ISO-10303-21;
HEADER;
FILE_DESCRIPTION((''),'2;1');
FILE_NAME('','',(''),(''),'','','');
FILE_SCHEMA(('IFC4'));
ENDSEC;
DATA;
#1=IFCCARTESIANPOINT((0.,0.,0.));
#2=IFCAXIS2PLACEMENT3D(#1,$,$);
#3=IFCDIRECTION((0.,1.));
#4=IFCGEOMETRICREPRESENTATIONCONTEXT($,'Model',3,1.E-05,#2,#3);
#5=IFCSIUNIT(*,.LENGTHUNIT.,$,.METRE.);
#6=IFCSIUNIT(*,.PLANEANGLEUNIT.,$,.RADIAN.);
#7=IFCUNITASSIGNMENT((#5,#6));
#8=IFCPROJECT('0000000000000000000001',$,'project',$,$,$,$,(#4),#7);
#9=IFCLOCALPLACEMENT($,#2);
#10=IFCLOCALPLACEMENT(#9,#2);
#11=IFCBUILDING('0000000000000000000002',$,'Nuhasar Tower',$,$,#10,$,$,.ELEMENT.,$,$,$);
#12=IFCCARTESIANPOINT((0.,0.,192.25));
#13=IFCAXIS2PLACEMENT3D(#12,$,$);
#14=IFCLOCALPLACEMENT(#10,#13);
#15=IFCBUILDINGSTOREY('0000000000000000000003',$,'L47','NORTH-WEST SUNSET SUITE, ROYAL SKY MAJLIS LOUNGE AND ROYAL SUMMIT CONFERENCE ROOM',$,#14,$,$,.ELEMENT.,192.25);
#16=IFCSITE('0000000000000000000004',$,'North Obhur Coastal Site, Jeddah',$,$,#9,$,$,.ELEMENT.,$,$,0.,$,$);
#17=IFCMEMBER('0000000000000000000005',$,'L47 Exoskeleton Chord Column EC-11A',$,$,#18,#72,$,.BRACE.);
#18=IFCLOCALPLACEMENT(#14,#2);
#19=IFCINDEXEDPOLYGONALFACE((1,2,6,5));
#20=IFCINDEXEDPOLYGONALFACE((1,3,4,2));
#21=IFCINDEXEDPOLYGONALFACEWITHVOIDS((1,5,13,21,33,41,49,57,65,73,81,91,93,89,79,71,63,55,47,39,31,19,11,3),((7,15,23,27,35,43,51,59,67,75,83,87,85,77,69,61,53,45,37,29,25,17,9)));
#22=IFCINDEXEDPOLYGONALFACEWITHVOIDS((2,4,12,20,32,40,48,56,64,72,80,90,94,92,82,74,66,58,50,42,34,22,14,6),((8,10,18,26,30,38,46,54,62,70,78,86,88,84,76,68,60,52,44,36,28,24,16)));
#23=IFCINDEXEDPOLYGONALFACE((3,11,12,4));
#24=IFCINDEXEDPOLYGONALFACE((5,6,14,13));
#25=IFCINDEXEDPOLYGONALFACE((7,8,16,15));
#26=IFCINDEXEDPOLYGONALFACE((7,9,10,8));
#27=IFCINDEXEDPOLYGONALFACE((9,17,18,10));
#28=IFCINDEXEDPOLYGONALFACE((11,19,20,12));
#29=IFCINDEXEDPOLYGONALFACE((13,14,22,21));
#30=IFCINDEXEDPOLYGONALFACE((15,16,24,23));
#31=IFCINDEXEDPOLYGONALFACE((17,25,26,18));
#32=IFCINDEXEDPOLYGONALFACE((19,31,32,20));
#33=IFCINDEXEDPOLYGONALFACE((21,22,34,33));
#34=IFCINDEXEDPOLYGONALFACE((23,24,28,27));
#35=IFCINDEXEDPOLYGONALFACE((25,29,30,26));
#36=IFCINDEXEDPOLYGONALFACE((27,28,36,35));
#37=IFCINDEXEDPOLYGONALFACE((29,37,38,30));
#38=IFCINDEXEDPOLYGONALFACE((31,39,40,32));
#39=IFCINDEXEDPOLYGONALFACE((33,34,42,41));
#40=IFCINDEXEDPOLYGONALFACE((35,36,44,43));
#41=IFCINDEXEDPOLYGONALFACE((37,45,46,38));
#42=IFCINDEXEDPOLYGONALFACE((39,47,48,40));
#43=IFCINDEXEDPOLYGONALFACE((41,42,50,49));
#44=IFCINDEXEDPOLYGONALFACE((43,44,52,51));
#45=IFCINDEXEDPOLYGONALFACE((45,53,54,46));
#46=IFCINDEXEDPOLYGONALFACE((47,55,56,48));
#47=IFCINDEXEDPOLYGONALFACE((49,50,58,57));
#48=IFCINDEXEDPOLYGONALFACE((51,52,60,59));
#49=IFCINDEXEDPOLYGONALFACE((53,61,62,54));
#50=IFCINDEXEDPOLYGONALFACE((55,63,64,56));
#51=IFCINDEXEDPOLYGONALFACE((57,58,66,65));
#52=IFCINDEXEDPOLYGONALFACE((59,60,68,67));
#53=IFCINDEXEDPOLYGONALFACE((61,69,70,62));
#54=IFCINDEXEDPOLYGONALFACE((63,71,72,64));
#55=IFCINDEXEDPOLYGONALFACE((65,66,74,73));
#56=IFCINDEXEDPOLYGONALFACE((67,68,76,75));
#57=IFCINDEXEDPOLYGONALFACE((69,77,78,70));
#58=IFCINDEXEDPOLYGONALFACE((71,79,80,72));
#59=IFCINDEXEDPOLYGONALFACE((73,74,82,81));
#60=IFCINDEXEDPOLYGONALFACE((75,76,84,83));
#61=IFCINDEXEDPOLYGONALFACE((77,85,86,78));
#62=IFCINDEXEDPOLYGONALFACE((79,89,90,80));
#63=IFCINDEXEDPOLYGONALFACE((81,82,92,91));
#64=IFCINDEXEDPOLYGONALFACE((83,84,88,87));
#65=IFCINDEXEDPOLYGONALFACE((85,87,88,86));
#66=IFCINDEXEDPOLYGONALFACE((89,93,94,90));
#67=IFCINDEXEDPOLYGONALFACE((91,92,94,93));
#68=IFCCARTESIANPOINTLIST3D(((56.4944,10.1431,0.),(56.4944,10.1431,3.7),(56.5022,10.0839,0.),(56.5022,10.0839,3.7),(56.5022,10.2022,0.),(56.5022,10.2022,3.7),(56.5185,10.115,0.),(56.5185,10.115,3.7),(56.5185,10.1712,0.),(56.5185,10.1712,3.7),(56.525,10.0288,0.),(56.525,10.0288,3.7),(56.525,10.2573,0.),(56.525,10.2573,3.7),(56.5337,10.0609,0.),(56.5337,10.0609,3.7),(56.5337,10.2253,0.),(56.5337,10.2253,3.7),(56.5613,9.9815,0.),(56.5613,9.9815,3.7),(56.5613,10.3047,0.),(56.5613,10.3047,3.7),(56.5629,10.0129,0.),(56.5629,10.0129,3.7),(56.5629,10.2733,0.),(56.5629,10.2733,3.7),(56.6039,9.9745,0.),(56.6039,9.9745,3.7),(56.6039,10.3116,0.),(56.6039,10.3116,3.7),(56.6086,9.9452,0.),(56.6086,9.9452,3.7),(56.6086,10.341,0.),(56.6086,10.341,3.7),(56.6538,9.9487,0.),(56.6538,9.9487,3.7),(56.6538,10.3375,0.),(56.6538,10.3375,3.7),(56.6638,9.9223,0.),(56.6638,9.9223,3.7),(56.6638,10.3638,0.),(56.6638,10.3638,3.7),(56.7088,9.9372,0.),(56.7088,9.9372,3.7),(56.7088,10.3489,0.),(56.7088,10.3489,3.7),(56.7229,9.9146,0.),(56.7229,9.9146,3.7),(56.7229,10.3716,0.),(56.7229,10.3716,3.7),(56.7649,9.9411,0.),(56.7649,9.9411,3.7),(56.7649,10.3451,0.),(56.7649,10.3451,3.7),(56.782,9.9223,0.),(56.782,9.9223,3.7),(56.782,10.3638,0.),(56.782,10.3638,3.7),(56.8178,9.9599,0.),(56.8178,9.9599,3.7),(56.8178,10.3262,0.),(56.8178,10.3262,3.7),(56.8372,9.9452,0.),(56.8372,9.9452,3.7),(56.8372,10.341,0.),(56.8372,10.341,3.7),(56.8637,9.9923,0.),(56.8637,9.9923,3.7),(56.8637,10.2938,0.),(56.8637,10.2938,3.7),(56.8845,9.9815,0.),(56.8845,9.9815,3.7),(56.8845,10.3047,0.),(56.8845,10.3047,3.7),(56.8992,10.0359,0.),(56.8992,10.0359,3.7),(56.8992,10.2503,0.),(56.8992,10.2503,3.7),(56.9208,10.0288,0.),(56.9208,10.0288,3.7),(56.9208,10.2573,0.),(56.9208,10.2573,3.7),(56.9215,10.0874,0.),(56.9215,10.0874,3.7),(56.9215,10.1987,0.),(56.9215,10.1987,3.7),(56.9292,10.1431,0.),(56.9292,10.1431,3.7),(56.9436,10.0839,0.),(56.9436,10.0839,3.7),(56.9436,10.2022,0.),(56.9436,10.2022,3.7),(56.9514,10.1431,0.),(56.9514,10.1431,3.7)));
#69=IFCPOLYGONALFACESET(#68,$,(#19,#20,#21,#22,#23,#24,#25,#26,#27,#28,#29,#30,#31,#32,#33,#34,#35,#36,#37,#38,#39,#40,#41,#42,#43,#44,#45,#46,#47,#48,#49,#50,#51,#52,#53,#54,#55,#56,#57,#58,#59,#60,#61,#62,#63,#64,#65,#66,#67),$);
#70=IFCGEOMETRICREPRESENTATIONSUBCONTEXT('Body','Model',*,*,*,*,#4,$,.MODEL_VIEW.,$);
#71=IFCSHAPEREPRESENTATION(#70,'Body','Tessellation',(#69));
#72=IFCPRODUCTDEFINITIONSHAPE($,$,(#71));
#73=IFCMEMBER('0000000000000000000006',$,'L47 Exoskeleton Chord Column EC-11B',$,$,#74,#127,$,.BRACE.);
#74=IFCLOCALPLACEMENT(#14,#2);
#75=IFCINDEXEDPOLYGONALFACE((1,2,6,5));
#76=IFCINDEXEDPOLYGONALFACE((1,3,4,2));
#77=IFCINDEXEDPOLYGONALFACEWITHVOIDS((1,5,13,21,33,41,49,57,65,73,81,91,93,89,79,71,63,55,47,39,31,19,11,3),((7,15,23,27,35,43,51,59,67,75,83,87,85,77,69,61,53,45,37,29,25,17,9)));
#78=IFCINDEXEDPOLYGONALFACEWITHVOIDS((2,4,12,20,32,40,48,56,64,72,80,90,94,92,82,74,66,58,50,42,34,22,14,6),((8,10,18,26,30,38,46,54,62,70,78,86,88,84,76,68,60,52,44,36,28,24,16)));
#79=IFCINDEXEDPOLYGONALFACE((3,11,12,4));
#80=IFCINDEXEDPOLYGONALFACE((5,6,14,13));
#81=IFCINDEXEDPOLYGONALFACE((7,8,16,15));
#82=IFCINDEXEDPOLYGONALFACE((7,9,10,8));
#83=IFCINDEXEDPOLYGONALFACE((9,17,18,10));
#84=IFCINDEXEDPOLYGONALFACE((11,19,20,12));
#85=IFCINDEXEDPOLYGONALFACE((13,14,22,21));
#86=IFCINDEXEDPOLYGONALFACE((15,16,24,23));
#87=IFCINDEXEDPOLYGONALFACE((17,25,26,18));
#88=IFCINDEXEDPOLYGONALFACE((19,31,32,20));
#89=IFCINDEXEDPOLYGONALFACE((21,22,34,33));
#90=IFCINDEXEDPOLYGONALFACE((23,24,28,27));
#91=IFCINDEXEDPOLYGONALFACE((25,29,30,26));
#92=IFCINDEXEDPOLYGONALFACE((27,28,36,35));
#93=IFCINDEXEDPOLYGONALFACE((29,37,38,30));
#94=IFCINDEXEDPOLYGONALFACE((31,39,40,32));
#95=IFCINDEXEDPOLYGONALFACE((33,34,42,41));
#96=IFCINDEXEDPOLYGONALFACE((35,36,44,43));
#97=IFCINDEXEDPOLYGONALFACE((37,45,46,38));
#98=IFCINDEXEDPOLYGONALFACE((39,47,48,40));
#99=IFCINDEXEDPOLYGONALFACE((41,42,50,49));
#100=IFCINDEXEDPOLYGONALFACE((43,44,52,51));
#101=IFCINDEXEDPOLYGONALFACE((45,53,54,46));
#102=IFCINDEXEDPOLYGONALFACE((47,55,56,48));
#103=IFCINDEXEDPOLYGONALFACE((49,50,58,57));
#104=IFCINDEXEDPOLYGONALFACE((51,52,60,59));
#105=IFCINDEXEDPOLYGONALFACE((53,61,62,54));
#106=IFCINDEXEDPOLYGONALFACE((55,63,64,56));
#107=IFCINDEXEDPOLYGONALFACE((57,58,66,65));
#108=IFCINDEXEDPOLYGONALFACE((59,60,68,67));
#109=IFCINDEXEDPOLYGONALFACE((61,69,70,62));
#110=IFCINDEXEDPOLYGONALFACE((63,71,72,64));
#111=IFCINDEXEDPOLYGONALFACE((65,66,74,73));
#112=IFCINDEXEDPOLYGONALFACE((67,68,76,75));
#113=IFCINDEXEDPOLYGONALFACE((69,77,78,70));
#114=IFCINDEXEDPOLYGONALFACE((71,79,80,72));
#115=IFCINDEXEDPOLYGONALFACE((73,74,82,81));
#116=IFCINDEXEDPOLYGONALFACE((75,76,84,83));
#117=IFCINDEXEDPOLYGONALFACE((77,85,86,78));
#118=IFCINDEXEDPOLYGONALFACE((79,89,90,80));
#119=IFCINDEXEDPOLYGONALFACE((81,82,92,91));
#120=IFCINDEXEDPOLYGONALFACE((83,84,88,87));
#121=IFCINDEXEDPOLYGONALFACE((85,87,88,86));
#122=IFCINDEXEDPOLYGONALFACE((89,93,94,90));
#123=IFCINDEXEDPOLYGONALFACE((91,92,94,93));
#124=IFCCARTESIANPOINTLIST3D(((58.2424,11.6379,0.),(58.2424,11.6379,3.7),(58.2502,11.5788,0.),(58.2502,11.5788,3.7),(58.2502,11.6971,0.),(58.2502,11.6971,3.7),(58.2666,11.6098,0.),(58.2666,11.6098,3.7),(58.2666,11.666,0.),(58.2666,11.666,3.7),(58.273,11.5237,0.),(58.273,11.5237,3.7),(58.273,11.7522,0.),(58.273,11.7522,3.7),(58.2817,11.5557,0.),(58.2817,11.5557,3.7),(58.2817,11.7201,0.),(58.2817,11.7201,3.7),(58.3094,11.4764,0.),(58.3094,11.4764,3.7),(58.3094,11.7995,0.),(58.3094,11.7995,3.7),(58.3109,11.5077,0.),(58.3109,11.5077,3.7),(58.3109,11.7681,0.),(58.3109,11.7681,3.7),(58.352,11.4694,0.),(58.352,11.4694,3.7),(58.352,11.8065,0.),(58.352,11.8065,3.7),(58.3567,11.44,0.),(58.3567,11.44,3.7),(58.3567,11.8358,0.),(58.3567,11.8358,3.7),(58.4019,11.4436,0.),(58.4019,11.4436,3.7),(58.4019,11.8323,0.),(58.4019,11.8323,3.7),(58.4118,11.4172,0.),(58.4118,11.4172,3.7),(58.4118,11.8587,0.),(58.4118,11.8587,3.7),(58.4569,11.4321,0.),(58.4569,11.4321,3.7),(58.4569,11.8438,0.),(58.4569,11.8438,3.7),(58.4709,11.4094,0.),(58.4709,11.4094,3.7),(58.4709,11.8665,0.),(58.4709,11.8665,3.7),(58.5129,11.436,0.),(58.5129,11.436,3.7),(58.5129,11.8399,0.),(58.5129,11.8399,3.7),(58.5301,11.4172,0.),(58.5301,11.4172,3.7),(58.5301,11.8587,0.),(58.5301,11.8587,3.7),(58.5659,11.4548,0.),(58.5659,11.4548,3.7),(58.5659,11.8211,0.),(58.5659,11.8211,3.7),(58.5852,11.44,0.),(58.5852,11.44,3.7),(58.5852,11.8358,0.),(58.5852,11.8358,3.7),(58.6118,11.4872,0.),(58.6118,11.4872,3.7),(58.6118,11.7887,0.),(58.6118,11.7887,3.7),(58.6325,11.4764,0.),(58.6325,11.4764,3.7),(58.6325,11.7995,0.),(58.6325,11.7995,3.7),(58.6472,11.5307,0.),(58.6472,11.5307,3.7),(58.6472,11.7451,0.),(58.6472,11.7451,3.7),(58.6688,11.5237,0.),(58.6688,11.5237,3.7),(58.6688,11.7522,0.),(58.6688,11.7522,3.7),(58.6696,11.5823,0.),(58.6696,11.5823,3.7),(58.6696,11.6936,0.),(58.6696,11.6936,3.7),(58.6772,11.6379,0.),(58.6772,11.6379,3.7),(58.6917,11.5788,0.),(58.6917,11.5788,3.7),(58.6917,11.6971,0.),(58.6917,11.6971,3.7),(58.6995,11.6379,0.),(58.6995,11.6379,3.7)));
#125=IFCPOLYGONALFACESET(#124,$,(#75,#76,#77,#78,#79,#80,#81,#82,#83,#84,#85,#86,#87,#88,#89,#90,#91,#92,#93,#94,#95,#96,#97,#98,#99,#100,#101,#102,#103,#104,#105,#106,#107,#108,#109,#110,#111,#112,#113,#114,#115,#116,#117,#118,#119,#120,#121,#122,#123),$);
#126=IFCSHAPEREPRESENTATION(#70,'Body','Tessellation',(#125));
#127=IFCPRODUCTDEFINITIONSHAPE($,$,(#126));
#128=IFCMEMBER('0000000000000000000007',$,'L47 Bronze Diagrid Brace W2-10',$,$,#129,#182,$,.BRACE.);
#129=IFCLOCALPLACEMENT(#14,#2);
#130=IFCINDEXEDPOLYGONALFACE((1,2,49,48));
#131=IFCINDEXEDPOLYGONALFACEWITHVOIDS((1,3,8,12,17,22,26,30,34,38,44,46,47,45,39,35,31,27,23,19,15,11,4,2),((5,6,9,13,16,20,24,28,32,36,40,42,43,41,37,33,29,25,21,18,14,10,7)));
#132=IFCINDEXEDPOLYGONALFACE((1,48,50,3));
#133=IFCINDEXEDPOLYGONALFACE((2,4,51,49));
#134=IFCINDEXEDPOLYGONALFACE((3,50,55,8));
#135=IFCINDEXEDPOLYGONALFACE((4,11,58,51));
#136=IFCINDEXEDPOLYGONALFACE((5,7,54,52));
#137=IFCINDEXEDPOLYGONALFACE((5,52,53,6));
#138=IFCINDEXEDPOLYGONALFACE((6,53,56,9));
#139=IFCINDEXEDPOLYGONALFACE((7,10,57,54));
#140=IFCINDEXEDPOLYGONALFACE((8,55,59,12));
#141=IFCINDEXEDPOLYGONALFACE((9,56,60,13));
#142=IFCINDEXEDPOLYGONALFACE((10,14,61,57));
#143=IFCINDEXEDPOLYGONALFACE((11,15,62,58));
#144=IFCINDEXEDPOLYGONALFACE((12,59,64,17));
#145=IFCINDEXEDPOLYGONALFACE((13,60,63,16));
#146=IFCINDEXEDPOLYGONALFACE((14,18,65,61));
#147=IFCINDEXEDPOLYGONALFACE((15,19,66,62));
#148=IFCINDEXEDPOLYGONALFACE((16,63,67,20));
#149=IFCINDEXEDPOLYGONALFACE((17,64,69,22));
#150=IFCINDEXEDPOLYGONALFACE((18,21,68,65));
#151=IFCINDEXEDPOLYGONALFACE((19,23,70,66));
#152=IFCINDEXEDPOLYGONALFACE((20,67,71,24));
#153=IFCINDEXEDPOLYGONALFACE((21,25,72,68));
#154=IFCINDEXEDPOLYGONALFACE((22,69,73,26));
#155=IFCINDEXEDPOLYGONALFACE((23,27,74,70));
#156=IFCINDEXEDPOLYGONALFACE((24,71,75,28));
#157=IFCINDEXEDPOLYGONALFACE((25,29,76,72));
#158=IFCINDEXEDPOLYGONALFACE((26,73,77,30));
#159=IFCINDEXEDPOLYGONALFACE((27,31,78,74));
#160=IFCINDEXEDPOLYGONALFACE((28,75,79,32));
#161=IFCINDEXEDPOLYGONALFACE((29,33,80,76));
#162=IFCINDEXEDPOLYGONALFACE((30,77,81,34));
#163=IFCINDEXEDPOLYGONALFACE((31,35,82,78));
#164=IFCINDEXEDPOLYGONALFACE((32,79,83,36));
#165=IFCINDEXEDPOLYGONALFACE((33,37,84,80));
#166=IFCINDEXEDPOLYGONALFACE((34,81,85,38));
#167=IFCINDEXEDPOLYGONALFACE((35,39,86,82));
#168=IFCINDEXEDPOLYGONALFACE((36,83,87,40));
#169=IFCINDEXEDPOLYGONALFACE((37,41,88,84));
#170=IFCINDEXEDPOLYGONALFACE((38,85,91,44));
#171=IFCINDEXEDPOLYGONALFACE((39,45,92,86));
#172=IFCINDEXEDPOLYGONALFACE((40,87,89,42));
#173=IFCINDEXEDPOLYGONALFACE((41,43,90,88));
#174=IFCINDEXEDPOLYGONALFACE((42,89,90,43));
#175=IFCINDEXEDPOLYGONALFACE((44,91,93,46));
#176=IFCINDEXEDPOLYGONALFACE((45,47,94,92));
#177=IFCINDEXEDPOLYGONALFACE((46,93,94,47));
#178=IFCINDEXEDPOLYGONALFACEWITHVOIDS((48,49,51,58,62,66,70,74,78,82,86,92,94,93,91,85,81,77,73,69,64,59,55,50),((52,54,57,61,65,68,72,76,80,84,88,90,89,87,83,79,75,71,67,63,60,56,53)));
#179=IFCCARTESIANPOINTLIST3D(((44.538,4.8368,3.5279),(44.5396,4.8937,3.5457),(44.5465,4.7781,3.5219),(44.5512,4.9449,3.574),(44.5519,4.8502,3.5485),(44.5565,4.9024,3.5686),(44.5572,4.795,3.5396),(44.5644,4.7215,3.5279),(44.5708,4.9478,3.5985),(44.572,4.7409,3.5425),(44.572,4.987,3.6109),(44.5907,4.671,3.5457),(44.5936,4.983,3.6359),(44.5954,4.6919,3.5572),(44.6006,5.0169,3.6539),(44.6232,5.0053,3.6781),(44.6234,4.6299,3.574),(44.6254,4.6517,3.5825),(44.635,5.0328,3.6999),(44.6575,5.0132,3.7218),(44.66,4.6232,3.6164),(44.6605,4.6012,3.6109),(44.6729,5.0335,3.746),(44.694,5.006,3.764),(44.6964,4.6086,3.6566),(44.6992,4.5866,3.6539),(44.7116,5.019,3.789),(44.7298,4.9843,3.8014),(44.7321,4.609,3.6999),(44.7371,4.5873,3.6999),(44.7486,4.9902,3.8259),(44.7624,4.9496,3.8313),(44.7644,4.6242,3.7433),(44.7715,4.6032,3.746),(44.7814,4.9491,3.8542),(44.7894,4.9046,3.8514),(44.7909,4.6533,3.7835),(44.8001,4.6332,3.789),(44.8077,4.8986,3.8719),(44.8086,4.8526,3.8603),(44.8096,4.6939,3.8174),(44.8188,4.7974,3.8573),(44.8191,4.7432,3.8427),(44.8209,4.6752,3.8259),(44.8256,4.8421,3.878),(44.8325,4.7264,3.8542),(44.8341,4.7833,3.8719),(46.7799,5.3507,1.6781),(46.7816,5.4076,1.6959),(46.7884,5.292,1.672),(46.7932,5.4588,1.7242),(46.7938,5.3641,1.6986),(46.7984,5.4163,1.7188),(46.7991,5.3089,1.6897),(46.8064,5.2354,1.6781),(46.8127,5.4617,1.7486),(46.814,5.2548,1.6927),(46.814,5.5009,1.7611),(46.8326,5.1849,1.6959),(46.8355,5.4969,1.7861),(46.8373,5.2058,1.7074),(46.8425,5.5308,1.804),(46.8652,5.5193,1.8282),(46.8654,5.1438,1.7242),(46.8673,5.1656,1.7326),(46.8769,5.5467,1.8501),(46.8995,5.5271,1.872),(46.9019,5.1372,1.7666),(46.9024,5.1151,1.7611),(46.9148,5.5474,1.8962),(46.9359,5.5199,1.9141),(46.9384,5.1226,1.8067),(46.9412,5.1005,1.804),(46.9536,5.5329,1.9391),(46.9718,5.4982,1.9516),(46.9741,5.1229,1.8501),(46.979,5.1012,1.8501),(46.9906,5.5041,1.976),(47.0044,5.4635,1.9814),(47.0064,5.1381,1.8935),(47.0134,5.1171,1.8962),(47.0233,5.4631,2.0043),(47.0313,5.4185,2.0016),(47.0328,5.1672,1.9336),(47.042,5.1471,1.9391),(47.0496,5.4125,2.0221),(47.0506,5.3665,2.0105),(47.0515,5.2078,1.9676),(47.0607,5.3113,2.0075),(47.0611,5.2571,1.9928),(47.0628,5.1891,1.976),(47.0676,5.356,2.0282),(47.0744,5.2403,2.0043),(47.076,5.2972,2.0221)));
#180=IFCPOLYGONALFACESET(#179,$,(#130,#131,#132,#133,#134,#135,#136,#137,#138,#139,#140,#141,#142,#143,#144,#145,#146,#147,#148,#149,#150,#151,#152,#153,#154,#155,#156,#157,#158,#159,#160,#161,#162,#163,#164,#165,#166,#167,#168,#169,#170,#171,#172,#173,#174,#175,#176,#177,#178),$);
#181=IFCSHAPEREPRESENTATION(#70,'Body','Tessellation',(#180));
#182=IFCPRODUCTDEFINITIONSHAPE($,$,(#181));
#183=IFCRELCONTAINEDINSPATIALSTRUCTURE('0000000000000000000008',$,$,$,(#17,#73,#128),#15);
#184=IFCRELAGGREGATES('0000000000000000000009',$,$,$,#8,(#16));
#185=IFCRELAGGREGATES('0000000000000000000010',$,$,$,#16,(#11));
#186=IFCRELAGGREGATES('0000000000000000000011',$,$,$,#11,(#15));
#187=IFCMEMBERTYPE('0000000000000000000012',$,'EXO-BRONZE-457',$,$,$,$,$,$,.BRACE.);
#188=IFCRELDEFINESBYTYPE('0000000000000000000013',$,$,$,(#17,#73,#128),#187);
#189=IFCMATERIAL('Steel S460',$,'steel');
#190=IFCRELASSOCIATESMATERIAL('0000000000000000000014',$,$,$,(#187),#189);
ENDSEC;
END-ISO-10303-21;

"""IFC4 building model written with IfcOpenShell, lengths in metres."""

from ifc_helpers import new_model, si_unit, direction, frame, origin, origin_2d, place, context, subcontext, project, spatial, hollow_circle, extrude, material, material_profile, profile_set, type_object, element, save


model = new_model("IFC4")

# Units and contexts
model_context = context("Model", 3, precision=1e-05, world=origin(), true_north=direction((0.0, 1.0)))
body_context = subcontext(model_context, "Body", "Model", "MODEL_VIEW")
ifc_project = project(units=[si_unit("LENGTHUNIT", "METRE"), si_unit("PLANEANGLEUNIT", "RADIAN")], contexts=[model_context])

# Site, building, storey
site_placement = place(None, origin())
site = spatial("IfcSite", under=ifc_project, at=site_placement, Name="North Obhur Coastal Site, Jeddah", CompositionType="ELEMENT", RefElevation=0.0)
building_placement = place(site_placement, origin())
building = spatial("IfcBuilding", under=site, at=building_placement, Name="Nuhasar Tower", CompositionType="ELEMENT")
storey_placement = place(building_placement, frame((0.0, 0.0, 192.25)))
storey = spatial("IfcBuildingStorey", under=building, at=storey_placement, Name="L47", Description="NORTH-WEST SUNSET SUITE, ROYAL SKY MAJLIS LOUNGE AND ROYAL SUMMIT CONFERENCE ROOM", CompositionType="ELEMENT", Elevation=192.25)

# Members
ifc_material_1 = material(Name="Steel S460", Category="steel")
ifc_material_profile_1 = material_profile(ifc_material_1, hollow_circle(Radius=0.2285, WallThickness=0.0222, at=origin_2d()), Name="HSS457X22.2")
ifc_profile_set_1 = profile_set([ifc_material_profile_1], Name="Steel S460")
member_type_1 = type_object("IfcMemberType", Name="EXO-BRONZE-457", PredefinedType="BRACE", material=ifc_profile_set_1)
for number, where, z_axis, x_axis, name in (
    (1, (56.7229, 10.1431, 0.0), (0.0, 0.0, 1.0), (1.0, 0.0, 0.0), "L47 Exoskeleton Chord Column EC-11A"),
    (2, (58.4709, 11.6379, 0.0), (0.0, 0.0, 1.0), (1.0, 0.0, 0.0), "L47 Exoskeleton Chord Column EC-11B"),
):
    element("IfcMember", number, at=place(storey_placement, frame(where, z_axis=z_axis, x_axis=x_axis)), inside=storey, type_object=member_type_1, Name=name, PredefinedType="BRACE", context=body_context, shape_type="SweptSolid", body=[
        extrude(hollow_circle(Radius=0.2285, WallThickness=0.0222, at=origin_2d()), origin(), (0.0, 0.0, 1.0), 3.7),
    ])
member_1_placement = place(storey_placement, frame((46.928, 5.324, 1.8501), z_axis=(-0.75955, -0.17411, 0.626713), x_axis=(0.223433, -0.974719, 0.0)))
element("IfcMember", 3, at=member_1_placement, inside=storey, type_object=member_type_1, Name="L47 Bronze Diagrid Brace W2-10", PredefinedType="BRACE", context=body_context, shape_type="SweptSolid", body=[
    extrude(hollow_circle(Radius=0.2285, WallThickness=0.0222, at=origin_2d()), origin(), (0.0, 0.0, 1.0), 2.9517),
])

save(model, "model.ifc")
